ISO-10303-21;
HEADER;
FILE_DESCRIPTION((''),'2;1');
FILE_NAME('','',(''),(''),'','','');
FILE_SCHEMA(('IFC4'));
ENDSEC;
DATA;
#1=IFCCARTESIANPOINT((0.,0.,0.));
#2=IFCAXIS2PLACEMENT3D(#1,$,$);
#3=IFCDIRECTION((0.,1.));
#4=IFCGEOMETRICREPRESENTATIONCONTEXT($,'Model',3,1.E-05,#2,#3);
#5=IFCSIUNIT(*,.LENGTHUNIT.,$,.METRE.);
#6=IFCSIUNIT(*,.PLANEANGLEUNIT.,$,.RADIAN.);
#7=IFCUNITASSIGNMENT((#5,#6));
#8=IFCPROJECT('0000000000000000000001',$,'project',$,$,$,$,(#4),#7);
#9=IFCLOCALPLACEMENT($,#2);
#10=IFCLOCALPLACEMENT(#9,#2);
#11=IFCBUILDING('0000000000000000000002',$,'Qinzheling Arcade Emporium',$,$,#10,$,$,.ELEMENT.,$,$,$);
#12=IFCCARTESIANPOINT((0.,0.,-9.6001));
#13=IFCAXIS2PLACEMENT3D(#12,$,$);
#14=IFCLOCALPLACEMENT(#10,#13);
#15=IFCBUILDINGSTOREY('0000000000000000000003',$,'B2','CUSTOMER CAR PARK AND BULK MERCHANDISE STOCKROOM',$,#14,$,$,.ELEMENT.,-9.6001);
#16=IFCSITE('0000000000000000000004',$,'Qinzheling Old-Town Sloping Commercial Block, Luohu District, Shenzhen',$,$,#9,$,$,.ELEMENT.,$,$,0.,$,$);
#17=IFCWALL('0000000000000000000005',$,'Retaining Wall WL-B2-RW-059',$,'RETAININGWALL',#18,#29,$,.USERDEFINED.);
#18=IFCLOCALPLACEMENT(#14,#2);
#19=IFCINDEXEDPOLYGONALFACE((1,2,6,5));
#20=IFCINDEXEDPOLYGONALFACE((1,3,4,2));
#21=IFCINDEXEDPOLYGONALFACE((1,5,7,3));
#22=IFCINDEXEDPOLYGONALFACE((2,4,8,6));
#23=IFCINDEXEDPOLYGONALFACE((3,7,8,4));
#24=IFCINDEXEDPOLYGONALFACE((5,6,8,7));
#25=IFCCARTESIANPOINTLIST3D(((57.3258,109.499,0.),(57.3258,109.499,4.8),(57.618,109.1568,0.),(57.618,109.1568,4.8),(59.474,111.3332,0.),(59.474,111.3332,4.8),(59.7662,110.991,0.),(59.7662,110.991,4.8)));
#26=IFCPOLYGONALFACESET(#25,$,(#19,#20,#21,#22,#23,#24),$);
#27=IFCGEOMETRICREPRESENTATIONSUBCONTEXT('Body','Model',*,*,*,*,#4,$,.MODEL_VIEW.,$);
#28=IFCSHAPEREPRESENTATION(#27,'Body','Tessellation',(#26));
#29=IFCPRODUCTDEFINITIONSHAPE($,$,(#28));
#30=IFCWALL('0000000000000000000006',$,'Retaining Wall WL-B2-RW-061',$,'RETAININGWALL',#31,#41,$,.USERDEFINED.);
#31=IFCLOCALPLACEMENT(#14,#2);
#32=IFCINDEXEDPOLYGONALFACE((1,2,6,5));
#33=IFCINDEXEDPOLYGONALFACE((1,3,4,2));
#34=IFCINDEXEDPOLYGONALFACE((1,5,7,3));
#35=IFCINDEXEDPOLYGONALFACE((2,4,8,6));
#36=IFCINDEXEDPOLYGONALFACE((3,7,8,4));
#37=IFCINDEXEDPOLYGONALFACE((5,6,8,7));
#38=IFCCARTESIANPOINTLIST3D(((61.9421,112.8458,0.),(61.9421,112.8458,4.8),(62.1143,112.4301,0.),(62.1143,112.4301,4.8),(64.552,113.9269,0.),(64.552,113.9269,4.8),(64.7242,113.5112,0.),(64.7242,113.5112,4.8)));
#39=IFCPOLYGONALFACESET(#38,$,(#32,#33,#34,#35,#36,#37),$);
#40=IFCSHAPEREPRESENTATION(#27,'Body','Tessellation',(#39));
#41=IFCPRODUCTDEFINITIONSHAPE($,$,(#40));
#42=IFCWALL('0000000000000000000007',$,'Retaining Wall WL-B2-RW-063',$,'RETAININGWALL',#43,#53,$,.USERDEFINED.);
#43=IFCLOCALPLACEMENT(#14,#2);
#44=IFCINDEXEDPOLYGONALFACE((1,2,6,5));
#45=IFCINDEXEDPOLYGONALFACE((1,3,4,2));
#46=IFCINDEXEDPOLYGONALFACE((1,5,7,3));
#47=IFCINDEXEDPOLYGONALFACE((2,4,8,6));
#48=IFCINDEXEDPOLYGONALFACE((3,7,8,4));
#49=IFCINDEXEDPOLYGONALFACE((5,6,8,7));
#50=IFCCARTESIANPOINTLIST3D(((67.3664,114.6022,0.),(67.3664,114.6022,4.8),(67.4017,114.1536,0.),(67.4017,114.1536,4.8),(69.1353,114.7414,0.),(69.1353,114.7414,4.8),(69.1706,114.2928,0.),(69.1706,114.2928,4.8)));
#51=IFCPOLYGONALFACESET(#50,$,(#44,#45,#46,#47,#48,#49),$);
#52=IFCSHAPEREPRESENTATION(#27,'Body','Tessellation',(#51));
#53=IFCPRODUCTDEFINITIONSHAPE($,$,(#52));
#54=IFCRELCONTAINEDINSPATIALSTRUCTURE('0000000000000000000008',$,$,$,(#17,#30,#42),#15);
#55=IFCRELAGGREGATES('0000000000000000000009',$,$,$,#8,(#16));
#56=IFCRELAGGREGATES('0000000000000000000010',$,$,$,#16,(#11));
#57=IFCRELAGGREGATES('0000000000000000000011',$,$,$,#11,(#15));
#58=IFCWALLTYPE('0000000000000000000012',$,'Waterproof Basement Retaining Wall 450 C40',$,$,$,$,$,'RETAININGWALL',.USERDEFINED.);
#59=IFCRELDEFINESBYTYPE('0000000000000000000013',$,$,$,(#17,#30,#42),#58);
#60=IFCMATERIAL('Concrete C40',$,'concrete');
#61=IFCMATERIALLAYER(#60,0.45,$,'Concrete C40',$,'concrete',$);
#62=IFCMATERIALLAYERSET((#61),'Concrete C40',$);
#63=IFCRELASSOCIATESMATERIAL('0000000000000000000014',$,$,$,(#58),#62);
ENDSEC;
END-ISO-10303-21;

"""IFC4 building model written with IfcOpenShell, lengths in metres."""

from ifc_helpers import new_model, si_unit, direction, frame, frame_2d, origin, place, context, subcontext, project, spatial, rectangle, extrude, material, layer, layer_set, type_object, element, save


model = new_model("IFC4")

# Units and contexts
model_context = context("Model", 3, precision=1e-05, world=origin(), true_north=direction((0.0, 1.0)))
body_context = subcontext(model_context, "Body", "Model", "MODEL_VIEW")
ifc_project = project(units=[si_unit("LENGTHUNIT", "METRE"), si_unit("PLANEANGLEUNIT", "RADIAN")], contexts=[model_context])

# Site, building, storey
site_placement = place(None, origin())
site = spatial("IfcSite", under=ifc_project, at=site_placement, Name="Qinzheling Old-Town Sloping Commercial Block, Luohu District, Shenzhen", CompositionType="ELEMENT", RefElevation=0.0)
building_placement = place(site_placement, origin())
building = spatial("IfcBuilding", under=site, at=building_placement, Name="Qinzheling Arcade Emporium", CompositionType="ELEMENT")
storey_placement = place(building_placement, frame((0.0, 0.0, -9.6001)))
storey = spatial("IfcBuildingStorey", under=building, at=storey_placement, Name="B2", Description="CUSTOMER CAR PARK AND BULK MERCHANDISE STOCKROOM", CompositionType="ELEMENT", Elevation=-9.6001)

# Shared definitions
ifc_material_1 = material(Name="Concrete C40", Category="concrete")

# Walls
ifc_layer_1 = layer(ifc_material_1, 0.45, Name="Concrete C40", Category="concrete")
ifc_layer_set_1 = layer_set([ifc_layer_1], Name="Concrete C40")
wall_type_1 = type_object("IfcWallType", Name="Waterproof Basement Retaining Wall 450 C40", ElementType="RETAININGWALL", PredefinedType="USERDEFINED", material=ifc_layer_set_1)
wall_1_placement = place(storey_placement, frame((57.4719, 109.3279, 0.0), z_axis=(0.0, 0.0, 1.0), x_axis=(0.760494, 0.649345, 0.0)))
element("IfcWall", 1, at=wall_1_placement, inside=storey, type_object=wall_type_1, Name="Retaining Wall WL-B2-RW-059", ObjectType="RETAININGWALL", PredefinedType="USERDEFINED", context=body_context, shape_type="SweptSolid", body=[
    extrude(rectangle(XDim=2.8247, YDim=0.45, at=frame_2d((1.4124, 0.0))), origin(), (0.0, 0.0, 1.0), 4.8),
])
wall_2_placement = place(storey_placement, frame((62.0281, 112.6379, 0.0), z_axis=(0.0, 0.0, 1.0), x_axis=(0.923878, 0.382688, 0.0)))
element("IfcWall", 2, at=wall_2_placement, inside=storey, type_object=wall_type_1, Name="Retaining Wall WL-B2-RW-061", ObjectType="RETAININGWALL", PredefinedType="USERDEFINED", context=body_context, shape_type="SweptSolid", body=[
    extrude(rectangle(XDim=2.825, YDim=0.45, at=frame_2d((1.4126, 0.0))), origin(), (0.0, 0.0, 1.0), 4.8),
])
wall_3_placement = place(storey_placement, frame((67.384, 114.3779, 0.0), z_axis=(0.0, 0.0, 1.0), x_axis=(0.99692, 0.078422, 0.0)))
element("IfcWall", 3, at=wall_3_placement, inside=storey, type_object=wall_type_1, Name="Retaining Wall WL-B2-RW-063", ObjectType="RETAININGWALL", PredefinedType="USERDEFINED", context=body_context, shape_type="SweptSolid", body=[
    extrude(rectangle(XDim=1.7744, YDim=0.45, at=frame_2d((0.8872, 0.0))), origin(), (0.0, 0.0, 1.0), 4.8),
])

save(model, "model.ifc")
